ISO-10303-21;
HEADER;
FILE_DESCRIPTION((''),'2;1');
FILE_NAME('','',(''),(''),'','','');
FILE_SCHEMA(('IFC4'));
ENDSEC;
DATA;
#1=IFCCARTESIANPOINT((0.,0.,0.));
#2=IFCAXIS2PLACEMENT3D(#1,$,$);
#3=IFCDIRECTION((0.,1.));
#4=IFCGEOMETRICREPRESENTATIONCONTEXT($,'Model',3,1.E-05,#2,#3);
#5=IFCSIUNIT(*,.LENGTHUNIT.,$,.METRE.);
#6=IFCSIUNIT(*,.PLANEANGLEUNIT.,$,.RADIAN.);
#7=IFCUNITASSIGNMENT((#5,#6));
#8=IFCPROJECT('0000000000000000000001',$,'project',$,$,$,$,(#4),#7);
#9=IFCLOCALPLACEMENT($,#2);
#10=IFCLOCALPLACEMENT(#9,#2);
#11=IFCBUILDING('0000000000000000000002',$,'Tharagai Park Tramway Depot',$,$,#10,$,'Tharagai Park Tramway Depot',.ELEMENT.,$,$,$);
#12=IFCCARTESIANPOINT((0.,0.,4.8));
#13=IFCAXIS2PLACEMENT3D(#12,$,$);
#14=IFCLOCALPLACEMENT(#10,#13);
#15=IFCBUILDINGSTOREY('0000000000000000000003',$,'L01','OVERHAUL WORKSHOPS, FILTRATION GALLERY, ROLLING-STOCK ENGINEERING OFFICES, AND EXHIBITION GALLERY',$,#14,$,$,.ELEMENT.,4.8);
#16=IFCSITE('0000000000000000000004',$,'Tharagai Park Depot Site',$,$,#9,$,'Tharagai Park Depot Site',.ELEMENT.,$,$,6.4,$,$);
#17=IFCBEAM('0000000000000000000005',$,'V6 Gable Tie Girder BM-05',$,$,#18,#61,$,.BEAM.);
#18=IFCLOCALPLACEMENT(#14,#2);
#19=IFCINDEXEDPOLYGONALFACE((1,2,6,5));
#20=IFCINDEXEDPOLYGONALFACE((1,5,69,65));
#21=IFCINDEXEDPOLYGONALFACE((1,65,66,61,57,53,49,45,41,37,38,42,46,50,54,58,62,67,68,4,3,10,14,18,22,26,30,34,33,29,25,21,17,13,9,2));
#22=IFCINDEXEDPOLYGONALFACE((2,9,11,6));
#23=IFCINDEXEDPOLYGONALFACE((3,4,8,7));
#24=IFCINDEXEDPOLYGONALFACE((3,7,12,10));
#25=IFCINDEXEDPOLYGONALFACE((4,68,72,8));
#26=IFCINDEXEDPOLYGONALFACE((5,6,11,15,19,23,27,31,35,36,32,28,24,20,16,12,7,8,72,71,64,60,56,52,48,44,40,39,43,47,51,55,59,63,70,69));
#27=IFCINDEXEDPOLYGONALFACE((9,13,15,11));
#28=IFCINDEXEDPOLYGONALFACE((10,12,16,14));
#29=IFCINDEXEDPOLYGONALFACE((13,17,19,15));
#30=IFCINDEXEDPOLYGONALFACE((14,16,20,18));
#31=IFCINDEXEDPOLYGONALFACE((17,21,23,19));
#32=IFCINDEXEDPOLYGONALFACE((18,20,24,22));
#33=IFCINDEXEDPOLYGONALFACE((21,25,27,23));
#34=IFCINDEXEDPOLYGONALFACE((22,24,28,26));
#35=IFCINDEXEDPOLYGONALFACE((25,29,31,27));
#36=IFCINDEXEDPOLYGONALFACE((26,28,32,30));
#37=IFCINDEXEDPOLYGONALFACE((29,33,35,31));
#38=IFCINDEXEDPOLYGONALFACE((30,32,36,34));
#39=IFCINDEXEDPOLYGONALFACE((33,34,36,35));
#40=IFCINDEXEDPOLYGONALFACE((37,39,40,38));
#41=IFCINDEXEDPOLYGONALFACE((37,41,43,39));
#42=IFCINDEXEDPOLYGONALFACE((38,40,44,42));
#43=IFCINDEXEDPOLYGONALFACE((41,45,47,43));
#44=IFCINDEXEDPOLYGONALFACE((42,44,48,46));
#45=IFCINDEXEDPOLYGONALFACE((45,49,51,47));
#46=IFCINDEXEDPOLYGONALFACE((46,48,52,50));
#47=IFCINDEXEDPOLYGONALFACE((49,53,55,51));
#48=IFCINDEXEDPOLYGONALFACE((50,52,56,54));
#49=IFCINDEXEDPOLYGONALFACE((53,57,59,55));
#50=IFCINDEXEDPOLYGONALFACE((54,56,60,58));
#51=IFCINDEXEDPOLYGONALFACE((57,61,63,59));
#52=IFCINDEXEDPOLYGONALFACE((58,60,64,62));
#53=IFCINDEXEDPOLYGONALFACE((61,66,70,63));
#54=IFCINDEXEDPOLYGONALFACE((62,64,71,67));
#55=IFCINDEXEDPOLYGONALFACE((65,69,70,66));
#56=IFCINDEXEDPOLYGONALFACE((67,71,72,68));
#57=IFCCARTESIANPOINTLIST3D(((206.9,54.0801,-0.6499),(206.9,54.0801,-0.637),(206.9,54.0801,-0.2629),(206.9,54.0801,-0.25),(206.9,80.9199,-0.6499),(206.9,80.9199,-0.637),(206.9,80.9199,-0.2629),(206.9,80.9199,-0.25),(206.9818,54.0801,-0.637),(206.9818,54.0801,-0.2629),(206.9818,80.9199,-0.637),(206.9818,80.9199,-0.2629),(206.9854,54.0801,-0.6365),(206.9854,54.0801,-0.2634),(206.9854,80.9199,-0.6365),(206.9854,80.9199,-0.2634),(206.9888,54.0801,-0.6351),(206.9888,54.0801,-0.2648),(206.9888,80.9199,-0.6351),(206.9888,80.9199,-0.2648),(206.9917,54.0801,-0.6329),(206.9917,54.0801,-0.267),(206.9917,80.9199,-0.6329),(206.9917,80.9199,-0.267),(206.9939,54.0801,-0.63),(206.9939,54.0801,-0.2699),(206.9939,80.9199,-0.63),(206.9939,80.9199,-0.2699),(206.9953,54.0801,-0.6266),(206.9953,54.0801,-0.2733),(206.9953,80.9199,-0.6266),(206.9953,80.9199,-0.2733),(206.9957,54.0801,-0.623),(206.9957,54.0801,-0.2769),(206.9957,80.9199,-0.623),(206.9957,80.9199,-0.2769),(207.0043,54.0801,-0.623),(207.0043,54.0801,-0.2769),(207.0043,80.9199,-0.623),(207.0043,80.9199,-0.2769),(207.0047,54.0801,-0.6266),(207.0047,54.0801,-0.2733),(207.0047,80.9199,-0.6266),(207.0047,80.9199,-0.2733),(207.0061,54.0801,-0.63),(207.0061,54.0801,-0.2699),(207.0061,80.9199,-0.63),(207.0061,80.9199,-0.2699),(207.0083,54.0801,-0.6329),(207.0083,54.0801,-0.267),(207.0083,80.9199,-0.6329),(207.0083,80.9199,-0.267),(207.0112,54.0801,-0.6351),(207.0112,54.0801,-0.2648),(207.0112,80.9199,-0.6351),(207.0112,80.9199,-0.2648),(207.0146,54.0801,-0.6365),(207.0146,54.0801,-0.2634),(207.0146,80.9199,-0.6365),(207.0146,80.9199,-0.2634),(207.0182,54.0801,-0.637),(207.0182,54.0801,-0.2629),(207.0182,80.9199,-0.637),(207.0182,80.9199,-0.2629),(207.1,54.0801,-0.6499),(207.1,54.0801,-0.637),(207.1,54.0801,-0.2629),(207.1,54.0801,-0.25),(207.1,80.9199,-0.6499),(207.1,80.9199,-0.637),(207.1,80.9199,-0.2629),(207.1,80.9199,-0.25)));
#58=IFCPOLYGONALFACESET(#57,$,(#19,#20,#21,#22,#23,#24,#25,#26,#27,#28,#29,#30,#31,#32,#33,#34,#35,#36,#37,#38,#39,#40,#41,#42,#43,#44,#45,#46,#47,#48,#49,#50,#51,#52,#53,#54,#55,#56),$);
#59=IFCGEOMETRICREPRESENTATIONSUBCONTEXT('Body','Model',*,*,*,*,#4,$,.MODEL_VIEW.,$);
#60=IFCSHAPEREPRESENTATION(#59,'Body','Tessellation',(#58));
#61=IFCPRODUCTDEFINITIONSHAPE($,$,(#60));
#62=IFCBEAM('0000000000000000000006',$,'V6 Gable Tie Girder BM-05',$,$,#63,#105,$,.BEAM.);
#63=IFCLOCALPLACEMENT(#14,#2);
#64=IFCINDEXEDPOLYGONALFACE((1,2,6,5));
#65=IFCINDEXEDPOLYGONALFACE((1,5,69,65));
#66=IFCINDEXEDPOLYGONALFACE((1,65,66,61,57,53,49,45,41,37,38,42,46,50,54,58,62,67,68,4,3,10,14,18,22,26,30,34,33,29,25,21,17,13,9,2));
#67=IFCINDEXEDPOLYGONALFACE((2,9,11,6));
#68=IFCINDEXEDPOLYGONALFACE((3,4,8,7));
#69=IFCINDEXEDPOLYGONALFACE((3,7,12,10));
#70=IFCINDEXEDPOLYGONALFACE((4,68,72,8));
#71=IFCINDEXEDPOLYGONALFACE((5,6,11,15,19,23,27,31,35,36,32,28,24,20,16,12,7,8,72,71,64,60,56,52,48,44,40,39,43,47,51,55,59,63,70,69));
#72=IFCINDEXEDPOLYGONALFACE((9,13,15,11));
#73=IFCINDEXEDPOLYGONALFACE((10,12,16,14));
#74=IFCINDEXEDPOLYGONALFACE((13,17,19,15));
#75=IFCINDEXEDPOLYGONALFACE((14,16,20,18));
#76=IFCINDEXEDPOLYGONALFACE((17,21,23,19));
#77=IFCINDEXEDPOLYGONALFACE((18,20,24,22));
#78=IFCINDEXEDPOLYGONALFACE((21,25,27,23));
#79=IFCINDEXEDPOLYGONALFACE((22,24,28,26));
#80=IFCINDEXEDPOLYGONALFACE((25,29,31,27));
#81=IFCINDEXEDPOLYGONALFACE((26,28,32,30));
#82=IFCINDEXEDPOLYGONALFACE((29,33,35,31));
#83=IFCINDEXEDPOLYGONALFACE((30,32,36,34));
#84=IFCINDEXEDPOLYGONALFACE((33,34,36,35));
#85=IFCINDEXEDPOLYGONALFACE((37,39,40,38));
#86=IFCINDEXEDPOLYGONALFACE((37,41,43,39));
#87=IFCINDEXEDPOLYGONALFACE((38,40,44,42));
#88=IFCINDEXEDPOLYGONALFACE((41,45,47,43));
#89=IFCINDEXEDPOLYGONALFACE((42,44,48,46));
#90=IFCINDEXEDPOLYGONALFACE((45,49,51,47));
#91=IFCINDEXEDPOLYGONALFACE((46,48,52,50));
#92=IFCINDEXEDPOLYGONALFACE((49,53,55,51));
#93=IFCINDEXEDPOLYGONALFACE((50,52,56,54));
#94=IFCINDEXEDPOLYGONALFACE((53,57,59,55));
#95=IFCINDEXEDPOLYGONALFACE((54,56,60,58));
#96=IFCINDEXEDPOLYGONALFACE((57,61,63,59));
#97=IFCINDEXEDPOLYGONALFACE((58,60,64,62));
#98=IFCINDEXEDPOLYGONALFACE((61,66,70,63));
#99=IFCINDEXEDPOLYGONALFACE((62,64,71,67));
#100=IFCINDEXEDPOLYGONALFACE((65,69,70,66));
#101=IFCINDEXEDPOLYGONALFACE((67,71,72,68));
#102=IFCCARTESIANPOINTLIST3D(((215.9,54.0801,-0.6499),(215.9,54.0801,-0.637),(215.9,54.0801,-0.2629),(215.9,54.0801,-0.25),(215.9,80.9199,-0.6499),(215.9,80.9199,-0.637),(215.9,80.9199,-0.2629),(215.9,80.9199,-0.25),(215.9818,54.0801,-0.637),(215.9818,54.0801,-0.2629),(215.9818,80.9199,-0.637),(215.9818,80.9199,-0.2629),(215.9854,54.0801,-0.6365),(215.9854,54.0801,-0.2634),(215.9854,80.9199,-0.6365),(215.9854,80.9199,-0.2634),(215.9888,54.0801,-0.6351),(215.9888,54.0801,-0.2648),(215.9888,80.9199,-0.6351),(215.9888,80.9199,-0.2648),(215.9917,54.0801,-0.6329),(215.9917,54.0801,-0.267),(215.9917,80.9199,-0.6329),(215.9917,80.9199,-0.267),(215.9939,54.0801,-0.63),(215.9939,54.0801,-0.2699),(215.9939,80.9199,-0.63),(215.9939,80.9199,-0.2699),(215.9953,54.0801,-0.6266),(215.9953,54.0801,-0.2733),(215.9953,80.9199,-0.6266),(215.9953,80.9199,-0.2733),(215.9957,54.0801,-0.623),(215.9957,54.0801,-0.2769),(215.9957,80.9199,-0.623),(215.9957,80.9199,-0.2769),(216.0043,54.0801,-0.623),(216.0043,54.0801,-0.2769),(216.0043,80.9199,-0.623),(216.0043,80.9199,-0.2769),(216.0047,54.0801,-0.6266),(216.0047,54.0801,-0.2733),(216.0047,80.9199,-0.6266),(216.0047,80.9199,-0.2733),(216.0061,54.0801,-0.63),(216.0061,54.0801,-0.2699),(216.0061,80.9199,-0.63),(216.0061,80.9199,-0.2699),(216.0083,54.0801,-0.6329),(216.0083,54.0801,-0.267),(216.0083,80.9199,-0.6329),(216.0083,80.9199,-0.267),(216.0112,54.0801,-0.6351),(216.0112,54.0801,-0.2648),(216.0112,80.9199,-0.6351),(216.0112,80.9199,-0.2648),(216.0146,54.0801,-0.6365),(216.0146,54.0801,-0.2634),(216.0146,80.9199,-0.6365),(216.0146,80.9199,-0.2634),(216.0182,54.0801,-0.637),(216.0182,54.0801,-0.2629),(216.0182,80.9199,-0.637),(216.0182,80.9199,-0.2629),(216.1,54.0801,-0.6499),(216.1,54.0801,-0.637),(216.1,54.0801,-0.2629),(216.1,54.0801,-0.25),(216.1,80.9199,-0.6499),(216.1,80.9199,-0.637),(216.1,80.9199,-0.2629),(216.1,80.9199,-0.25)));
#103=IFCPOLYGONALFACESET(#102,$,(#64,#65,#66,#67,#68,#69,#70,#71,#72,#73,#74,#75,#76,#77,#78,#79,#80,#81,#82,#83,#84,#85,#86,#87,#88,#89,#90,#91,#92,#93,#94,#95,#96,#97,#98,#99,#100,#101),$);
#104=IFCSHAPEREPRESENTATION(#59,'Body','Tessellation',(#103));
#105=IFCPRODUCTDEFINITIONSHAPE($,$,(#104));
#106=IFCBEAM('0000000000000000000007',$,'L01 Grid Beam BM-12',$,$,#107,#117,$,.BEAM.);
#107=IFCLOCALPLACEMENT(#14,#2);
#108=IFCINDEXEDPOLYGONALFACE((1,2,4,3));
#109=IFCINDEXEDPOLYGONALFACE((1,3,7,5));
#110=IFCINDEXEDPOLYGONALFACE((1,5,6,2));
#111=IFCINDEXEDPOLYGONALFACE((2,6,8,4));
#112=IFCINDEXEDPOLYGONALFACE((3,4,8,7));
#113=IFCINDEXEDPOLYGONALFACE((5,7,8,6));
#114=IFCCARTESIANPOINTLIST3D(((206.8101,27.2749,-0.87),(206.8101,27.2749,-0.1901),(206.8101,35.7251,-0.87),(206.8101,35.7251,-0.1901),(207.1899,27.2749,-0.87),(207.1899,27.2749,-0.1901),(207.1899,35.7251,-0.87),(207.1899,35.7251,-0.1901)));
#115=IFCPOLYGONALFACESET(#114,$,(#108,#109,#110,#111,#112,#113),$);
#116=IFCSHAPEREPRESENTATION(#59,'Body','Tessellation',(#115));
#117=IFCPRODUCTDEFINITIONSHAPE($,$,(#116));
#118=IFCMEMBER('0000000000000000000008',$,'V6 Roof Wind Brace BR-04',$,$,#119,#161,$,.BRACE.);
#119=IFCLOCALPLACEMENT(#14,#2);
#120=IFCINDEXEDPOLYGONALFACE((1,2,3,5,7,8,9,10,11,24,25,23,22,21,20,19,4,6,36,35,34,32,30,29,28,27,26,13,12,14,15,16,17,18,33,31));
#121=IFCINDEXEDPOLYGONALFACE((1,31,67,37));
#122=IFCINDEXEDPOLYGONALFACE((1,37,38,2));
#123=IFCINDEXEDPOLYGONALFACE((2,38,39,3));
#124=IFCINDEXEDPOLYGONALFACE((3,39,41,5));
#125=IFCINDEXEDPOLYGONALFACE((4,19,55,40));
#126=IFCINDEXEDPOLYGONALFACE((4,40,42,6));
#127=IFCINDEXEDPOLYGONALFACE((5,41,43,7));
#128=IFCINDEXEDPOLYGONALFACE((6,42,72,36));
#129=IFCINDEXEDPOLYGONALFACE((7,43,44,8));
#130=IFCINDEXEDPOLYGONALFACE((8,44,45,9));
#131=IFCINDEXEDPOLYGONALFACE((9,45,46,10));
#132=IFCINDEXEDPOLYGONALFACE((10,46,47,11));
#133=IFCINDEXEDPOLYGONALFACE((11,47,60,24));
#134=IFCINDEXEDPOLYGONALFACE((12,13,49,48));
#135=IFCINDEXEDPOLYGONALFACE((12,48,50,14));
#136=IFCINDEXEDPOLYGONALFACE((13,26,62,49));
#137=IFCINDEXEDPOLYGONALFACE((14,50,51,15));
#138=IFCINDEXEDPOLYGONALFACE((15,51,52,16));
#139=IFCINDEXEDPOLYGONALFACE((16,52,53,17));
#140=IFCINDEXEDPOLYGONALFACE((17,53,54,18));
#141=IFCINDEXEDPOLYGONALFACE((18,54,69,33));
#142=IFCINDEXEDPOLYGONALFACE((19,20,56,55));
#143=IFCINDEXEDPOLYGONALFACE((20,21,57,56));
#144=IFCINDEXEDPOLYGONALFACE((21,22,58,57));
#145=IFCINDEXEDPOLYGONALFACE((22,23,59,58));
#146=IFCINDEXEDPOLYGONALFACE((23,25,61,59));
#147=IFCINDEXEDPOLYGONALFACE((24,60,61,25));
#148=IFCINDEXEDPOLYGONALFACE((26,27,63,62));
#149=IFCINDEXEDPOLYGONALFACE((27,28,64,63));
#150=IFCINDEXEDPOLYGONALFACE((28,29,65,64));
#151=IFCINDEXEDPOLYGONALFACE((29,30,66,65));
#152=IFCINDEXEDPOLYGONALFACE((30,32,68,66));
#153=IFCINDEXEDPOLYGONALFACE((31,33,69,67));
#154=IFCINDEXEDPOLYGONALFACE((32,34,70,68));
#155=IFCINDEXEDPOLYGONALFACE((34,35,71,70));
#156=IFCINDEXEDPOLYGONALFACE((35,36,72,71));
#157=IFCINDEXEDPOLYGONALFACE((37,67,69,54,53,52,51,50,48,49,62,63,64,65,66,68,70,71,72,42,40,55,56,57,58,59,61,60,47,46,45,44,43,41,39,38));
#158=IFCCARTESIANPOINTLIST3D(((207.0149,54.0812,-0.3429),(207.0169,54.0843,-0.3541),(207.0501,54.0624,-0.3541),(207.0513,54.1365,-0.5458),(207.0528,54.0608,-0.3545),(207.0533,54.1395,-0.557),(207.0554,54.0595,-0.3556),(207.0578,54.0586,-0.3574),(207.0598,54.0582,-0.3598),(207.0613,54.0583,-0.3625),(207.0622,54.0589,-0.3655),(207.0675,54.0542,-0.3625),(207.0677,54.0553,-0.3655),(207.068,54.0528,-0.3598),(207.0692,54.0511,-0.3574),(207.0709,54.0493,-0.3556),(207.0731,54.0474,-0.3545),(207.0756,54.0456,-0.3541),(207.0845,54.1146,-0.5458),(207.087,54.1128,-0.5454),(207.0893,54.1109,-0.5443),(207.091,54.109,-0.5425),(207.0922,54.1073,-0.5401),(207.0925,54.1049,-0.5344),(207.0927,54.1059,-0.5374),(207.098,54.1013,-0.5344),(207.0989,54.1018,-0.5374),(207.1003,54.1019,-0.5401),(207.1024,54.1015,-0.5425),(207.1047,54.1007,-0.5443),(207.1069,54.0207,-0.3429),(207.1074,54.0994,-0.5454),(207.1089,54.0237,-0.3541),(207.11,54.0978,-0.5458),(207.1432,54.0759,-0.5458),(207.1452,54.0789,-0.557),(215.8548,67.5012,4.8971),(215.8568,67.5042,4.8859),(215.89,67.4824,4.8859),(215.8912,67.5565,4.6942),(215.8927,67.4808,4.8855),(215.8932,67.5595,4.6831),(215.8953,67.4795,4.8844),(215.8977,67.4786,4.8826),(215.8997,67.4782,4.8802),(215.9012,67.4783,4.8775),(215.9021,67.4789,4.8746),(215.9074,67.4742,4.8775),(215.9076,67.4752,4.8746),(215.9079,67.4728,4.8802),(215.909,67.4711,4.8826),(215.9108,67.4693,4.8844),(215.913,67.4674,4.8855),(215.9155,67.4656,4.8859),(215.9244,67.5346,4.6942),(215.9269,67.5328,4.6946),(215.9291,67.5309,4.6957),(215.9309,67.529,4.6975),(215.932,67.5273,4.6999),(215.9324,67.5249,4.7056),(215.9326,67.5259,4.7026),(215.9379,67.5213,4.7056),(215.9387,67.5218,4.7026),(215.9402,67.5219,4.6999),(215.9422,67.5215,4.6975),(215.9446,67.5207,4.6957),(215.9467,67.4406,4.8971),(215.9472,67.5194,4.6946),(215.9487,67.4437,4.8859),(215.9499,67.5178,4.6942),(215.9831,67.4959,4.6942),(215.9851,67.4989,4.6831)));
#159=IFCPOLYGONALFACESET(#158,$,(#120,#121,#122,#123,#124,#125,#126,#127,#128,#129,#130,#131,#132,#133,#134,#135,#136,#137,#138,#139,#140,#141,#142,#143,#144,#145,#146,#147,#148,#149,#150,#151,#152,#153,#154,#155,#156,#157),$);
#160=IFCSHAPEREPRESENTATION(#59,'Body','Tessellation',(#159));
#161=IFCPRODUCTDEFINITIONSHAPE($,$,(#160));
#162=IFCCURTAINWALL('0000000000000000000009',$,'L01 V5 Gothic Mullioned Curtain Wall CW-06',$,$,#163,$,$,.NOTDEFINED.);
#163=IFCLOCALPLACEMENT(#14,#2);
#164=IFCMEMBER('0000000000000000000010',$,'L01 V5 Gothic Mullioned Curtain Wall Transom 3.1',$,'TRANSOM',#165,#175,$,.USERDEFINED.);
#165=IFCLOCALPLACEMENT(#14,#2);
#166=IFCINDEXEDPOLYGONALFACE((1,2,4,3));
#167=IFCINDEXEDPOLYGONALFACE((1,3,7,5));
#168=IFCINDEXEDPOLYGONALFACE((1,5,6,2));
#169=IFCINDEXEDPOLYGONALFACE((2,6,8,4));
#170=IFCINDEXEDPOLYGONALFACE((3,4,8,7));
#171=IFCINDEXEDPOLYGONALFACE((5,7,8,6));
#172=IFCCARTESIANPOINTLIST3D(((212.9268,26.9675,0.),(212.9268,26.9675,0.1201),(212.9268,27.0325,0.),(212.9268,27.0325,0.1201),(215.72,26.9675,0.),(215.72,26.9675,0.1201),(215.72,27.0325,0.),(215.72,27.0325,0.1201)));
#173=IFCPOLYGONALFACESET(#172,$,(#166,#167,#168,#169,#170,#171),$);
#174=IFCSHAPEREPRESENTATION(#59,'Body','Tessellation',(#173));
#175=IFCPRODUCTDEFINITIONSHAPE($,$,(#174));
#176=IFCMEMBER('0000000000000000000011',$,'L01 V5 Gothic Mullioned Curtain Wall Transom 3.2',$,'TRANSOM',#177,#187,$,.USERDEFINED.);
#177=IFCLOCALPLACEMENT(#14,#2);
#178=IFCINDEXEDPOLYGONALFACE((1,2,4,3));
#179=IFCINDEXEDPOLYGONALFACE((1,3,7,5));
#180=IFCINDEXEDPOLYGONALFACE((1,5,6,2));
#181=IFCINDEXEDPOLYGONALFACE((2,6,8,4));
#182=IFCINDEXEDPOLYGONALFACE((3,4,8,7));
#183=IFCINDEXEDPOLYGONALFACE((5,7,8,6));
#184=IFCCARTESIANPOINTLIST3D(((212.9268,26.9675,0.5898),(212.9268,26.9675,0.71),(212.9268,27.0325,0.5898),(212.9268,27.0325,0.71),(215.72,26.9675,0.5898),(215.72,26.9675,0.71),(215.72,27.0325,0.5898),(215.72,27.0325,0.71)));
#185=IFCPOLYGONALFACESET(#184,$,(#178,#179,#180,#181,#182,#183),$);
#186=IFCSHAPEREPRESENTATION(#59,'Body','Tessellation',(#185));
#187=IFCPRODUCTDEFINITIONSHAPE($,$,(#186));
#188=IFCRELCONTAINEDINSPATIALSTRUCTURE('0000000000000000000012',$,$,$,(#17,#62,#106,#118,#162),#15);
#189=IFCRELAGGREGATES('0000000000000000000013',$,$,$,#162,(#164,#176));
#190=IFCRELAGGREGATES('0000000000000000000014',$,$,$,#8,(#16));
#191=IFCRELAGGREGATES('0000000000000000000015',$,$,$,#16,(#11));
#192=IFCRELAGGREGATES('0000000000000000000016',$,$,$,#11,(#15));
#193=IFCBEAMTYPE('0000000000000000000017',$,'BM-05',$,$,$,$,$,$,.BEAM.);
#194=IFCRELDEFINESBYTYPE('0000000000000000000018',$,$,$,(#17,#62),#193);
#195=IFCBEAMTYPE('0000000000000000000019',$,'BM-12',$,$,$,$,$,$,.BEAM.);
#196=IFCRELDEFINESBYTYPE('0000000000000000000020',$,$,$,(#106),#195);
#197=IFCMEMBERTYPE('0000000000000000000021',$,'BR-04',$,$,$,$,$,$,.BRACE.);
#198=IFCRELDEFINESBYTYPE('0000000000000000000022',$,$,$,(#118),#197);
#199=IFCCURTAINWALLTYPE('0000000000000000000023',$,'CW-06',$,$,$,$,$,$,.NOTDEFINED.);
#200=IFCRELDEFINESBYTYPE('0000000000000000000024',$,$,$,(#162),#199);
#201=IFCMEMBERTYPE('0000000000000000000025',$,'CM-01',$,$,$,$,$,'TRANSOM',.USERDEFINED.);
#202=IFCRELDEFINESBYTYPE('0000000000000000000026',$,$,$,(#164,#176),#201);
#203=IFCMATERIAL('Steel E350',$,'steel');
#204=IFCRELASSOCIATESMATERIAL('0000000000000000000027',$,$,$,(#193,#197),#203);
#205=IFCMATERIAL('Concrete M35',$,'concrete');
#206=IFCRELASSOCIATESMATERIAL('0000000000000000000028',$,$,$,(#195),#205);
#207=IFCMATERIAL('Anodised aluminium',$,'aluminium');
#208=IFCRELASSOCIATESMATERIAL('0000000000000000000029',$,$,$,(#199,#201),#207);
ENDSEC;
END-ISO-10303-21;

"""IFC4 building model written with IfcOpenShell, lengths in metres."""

from ifc_helpers import new_model, si_unit, direction, frame, origin, origin_2d, place, context, subcontext, project, spatial, rectangle, i_section, extrude, material, material_profile, profile_set, type_object, element, aggregate, save


model = new_model("IFC4")

# Units and contexts
model_context = context("Model", 3, precision=1e-05, world=origin(), true_north=direction((0.0, 1.0)))
body_context = subcontext(model_context, "Body", "Model", "MODEL_VIEW")
ifc_project = project(units=[si_unit("LENGTHUNIT", "METRE"), si_unit("PLANEANGLEUNIT", "RADIAN")], contexts=[model_context])

# Site, building, storey
site_placement = place(None, origin())
site = spatial("IfcSite", under=ifc_project, at=site_placement, Name="Tharagai Park Depot Site", LongName="Tharagai Park Depot Site", CompositionType="ELEMENT", RefElevation=6.4)
building_placement = place(site_placement, origin())
building = spatial("IfcBuilding", under=site, at=building_placement, Name="Tharagai Park Tramway Depot", LongName="Tharagai Park Tramway Depot", CompositionType="ELEMENT")
storey_placement = place(building_placement, frame((0.0, 0.0, 4.8)))
storey = spatial("IfcBuildingStorey", under=building, at=storey_placement, Name="L01", Description="OVERHAUL WORKSHOPS, FILTRATION GALLERY, ROLLING-STOCK ENGINEERING OFFICES, AND EXHIBITION GALLERY", CompositionType="ELEMENT", Elevation=4.8)

# Beams
ifc_material_1 = material(Name="Steel E350", Category="steel")
ifc_material_profile_1 = material_profile(ifc_material_1, i_section(OverallWidth=0.2, OverallDepth=0.3999, WebThickness=0.0085, FlangeThickness=0.0129, FilletRadius=0.0139, at=origin_2d()), Name="ISWB 400")
ifc_profile_set_1 = profile_set([ifc_material_profile_1], Name="Steel E350")
beam_type_1 = type_object("IfcBeamType", Name="BM-05", PredefinedType="BEAM", material=ifc_profile_set_1)
for number, where, z_axis, x_axis, name in (
    (1, (207.0, 54.0801, -0.45), (0.0, 1.0, 0.0), (-1.0, 0.0, 0.0), "V6 Gable Tie Girder BM-05"),
    (2, (216.0, 54.0801, -0.45), (0.0, 1.0, 0.0), (-1.0, 0.0, 0.0), "V6 Gable Tie Girder BM-05"),
):
    element("IfcBeam", number, at=place(storey_placement, frame(where, z_axis=z_axis, x_axis=x_axis)), inside=storey, type_object=beam_type_1, Name=name, PredefinedType="BEAM", context=body_context, shape_type="SweptSolid", body=[
        extrude(i_section(OverallWidth=0.2, OverallDepth=0.3999, WebThickness=0.0085, FlangeThickness=0.0129, FilletRadius=0.0139, at=origin_2d()), origin(), (0.0, 0.0, 1.0), 26.8398),
    ])
ifc_material_2 = material(Name="Concrete M35", Category="concrete")
ifc_material_profile_2 = material_profile(ifc_material_2, rectangle(XDim=0.3799, YDim=0.6799, at=origin_2d()), Name="RC 380x680")
ifc_profile_set_2 = profile_set([ifc_material_profile_2], Name="Concrete M35")
beam_type_2 = type_object("IfcBeamType", Name="BM-12", PredefinedType="BEAM", material=ifc_profile_set_2)
beam_placement = place(storey_placement, frame((207.0, 27.2749, -0.53), z_axis=(0.0, 1.0, 0.0), x_axis=(-1.0, 0.0, 0.0)))
element("IfcBeam", 3, at=beam_placement, inside=storey, type_object=beam_type_2, Name="L01 Grid Beam BM-12", PredefinedType="BEAM", context=body_context, shape_type="SweptSolid", body=[
    extrude(rectangle(XDim=0.3799, YDim=0.6799, at=origin_2d()), origin(), (0.0, 0.0, 1.0), 8.4502),
])

# Member
ifc_material_profile_3 = material_profile(ifc_material_1, i_section(OverallWidth=0.1101, OverallDepth=0.2251, WebThickness=0.0066, FlangeThickness=0.0117, FilletRadius=0.012, at=origin_2d()), Name="ISMB 225")
ifc_profile_set_3 = profile_set([ifc_material_profile_3], Name="Steel E350")
member_type_1 = type_object("IfcMemberType", Name="BR-04", PredefinedType="BRACE", material=ifc_profile_set_3)
member_1_placement = place(storey_placement, frame((207.0801, 54.0801, -0.45), z_axis=(0.52299, 0.793961, 0.310013), x_axis=(-0.835104, 0.550092, 0.0)))
element("IfcMember", 4, at=member_1_placement, inside=storey, type_object=member_type_1, Name="V6 Roof Wind Brace BR-04", PredefinedType="BRACE", context=body_context, shape_type="SweptSolid", body=[
    extrude(i_section(OverallWidth=0.1101, OverallDepth=0.2251, WebThickness=0.0066, FlangeThickness=0.0117, FilletRadius=0.012, at=origin_2d()), origin(), (0.0, 0.0, 1.0), 16.9026),
])

# Curtain wall, members
ifc_material_3 = material(Name="Anodised aluminium", Category="aluminium")
curtain_wall_type = type_object("IfcCurtainWallType", Name="CW-06", PredefinedType="NOTDEFINED", material=ifc_material_3)
curtain_wall_placement = place(storey_placement, origin())
curtain_wall = element("IfcCurtainWall", 5, at=curtain_wall_placement, inside=storey, type_object=curtain_wall_type, Name="L01 V5 Gothic Mullioned Curtain Wall CW-06", PredefinedType="NOTDEFINED")
ifc_material_profile_4 = material_profile(ifc_material_3, rectangle(XDim=0.0649, YDim=0.1201, at=origin_2d()), Name="ALU 65x120")
ifc_profile_set_4 = profile_set([ifc_material_profile_4], Name="Anodised aluminium")
member_type_2 = type_object("IfcMemberType", Name="CM-01", ElementType="TRANSOM", PredefinedType="USERDEFINED", material=ifc_profile_set_4)
member_2_placement = place(storey_placement, frame((212.9268, 27.0, 0.0601), z_axis=(1.0, 0.0, 0.0), x_axis=(0.0, 1.0, 0.0)))
member_2 = element("IfcMember", 6, at=member_2_placement, type_object=member_type_2, Name="L01 V5 Gothic Mullioned Curtain Wall Transom 3.1", ObjectType="TRANSOM", PredefinedType="USERDEFINED", context=body_context, shape_type="SweptSolid", body=[
    extrude(rectangle(XDim=0.0649, YDim=0.1201, at=origin_2d()), origin(), (0.0, 0.0, 1.0), 2.7932),
])
member_3_placement = place(storey_placement, frame((212.9268, 27.0, 0.6499), z_axis=(1.0, 0.0, 0.0), x_axis=(0.0, 1.0, 0.0)))
member_3 = element("IfcMember", 7, at=member_3_placement, type_object=member_type_2, Name="L01 V5 Gothic Mullioned Curtain Wall Transom 3.2", ObjectType="TRANSOM", PredefinedType="USERDEFINED", context=body_context, shape_type="SweptSolid", body=[
    extrude(rectangle(XDim=0.0649, YDim=0.1201, at=origin_2d()), origin(), (0.0, 0.0, 1.0), 2.7932),
])

aggregate(curtain_wall, [member_2, member_3])

save(model, "model.ifc")
